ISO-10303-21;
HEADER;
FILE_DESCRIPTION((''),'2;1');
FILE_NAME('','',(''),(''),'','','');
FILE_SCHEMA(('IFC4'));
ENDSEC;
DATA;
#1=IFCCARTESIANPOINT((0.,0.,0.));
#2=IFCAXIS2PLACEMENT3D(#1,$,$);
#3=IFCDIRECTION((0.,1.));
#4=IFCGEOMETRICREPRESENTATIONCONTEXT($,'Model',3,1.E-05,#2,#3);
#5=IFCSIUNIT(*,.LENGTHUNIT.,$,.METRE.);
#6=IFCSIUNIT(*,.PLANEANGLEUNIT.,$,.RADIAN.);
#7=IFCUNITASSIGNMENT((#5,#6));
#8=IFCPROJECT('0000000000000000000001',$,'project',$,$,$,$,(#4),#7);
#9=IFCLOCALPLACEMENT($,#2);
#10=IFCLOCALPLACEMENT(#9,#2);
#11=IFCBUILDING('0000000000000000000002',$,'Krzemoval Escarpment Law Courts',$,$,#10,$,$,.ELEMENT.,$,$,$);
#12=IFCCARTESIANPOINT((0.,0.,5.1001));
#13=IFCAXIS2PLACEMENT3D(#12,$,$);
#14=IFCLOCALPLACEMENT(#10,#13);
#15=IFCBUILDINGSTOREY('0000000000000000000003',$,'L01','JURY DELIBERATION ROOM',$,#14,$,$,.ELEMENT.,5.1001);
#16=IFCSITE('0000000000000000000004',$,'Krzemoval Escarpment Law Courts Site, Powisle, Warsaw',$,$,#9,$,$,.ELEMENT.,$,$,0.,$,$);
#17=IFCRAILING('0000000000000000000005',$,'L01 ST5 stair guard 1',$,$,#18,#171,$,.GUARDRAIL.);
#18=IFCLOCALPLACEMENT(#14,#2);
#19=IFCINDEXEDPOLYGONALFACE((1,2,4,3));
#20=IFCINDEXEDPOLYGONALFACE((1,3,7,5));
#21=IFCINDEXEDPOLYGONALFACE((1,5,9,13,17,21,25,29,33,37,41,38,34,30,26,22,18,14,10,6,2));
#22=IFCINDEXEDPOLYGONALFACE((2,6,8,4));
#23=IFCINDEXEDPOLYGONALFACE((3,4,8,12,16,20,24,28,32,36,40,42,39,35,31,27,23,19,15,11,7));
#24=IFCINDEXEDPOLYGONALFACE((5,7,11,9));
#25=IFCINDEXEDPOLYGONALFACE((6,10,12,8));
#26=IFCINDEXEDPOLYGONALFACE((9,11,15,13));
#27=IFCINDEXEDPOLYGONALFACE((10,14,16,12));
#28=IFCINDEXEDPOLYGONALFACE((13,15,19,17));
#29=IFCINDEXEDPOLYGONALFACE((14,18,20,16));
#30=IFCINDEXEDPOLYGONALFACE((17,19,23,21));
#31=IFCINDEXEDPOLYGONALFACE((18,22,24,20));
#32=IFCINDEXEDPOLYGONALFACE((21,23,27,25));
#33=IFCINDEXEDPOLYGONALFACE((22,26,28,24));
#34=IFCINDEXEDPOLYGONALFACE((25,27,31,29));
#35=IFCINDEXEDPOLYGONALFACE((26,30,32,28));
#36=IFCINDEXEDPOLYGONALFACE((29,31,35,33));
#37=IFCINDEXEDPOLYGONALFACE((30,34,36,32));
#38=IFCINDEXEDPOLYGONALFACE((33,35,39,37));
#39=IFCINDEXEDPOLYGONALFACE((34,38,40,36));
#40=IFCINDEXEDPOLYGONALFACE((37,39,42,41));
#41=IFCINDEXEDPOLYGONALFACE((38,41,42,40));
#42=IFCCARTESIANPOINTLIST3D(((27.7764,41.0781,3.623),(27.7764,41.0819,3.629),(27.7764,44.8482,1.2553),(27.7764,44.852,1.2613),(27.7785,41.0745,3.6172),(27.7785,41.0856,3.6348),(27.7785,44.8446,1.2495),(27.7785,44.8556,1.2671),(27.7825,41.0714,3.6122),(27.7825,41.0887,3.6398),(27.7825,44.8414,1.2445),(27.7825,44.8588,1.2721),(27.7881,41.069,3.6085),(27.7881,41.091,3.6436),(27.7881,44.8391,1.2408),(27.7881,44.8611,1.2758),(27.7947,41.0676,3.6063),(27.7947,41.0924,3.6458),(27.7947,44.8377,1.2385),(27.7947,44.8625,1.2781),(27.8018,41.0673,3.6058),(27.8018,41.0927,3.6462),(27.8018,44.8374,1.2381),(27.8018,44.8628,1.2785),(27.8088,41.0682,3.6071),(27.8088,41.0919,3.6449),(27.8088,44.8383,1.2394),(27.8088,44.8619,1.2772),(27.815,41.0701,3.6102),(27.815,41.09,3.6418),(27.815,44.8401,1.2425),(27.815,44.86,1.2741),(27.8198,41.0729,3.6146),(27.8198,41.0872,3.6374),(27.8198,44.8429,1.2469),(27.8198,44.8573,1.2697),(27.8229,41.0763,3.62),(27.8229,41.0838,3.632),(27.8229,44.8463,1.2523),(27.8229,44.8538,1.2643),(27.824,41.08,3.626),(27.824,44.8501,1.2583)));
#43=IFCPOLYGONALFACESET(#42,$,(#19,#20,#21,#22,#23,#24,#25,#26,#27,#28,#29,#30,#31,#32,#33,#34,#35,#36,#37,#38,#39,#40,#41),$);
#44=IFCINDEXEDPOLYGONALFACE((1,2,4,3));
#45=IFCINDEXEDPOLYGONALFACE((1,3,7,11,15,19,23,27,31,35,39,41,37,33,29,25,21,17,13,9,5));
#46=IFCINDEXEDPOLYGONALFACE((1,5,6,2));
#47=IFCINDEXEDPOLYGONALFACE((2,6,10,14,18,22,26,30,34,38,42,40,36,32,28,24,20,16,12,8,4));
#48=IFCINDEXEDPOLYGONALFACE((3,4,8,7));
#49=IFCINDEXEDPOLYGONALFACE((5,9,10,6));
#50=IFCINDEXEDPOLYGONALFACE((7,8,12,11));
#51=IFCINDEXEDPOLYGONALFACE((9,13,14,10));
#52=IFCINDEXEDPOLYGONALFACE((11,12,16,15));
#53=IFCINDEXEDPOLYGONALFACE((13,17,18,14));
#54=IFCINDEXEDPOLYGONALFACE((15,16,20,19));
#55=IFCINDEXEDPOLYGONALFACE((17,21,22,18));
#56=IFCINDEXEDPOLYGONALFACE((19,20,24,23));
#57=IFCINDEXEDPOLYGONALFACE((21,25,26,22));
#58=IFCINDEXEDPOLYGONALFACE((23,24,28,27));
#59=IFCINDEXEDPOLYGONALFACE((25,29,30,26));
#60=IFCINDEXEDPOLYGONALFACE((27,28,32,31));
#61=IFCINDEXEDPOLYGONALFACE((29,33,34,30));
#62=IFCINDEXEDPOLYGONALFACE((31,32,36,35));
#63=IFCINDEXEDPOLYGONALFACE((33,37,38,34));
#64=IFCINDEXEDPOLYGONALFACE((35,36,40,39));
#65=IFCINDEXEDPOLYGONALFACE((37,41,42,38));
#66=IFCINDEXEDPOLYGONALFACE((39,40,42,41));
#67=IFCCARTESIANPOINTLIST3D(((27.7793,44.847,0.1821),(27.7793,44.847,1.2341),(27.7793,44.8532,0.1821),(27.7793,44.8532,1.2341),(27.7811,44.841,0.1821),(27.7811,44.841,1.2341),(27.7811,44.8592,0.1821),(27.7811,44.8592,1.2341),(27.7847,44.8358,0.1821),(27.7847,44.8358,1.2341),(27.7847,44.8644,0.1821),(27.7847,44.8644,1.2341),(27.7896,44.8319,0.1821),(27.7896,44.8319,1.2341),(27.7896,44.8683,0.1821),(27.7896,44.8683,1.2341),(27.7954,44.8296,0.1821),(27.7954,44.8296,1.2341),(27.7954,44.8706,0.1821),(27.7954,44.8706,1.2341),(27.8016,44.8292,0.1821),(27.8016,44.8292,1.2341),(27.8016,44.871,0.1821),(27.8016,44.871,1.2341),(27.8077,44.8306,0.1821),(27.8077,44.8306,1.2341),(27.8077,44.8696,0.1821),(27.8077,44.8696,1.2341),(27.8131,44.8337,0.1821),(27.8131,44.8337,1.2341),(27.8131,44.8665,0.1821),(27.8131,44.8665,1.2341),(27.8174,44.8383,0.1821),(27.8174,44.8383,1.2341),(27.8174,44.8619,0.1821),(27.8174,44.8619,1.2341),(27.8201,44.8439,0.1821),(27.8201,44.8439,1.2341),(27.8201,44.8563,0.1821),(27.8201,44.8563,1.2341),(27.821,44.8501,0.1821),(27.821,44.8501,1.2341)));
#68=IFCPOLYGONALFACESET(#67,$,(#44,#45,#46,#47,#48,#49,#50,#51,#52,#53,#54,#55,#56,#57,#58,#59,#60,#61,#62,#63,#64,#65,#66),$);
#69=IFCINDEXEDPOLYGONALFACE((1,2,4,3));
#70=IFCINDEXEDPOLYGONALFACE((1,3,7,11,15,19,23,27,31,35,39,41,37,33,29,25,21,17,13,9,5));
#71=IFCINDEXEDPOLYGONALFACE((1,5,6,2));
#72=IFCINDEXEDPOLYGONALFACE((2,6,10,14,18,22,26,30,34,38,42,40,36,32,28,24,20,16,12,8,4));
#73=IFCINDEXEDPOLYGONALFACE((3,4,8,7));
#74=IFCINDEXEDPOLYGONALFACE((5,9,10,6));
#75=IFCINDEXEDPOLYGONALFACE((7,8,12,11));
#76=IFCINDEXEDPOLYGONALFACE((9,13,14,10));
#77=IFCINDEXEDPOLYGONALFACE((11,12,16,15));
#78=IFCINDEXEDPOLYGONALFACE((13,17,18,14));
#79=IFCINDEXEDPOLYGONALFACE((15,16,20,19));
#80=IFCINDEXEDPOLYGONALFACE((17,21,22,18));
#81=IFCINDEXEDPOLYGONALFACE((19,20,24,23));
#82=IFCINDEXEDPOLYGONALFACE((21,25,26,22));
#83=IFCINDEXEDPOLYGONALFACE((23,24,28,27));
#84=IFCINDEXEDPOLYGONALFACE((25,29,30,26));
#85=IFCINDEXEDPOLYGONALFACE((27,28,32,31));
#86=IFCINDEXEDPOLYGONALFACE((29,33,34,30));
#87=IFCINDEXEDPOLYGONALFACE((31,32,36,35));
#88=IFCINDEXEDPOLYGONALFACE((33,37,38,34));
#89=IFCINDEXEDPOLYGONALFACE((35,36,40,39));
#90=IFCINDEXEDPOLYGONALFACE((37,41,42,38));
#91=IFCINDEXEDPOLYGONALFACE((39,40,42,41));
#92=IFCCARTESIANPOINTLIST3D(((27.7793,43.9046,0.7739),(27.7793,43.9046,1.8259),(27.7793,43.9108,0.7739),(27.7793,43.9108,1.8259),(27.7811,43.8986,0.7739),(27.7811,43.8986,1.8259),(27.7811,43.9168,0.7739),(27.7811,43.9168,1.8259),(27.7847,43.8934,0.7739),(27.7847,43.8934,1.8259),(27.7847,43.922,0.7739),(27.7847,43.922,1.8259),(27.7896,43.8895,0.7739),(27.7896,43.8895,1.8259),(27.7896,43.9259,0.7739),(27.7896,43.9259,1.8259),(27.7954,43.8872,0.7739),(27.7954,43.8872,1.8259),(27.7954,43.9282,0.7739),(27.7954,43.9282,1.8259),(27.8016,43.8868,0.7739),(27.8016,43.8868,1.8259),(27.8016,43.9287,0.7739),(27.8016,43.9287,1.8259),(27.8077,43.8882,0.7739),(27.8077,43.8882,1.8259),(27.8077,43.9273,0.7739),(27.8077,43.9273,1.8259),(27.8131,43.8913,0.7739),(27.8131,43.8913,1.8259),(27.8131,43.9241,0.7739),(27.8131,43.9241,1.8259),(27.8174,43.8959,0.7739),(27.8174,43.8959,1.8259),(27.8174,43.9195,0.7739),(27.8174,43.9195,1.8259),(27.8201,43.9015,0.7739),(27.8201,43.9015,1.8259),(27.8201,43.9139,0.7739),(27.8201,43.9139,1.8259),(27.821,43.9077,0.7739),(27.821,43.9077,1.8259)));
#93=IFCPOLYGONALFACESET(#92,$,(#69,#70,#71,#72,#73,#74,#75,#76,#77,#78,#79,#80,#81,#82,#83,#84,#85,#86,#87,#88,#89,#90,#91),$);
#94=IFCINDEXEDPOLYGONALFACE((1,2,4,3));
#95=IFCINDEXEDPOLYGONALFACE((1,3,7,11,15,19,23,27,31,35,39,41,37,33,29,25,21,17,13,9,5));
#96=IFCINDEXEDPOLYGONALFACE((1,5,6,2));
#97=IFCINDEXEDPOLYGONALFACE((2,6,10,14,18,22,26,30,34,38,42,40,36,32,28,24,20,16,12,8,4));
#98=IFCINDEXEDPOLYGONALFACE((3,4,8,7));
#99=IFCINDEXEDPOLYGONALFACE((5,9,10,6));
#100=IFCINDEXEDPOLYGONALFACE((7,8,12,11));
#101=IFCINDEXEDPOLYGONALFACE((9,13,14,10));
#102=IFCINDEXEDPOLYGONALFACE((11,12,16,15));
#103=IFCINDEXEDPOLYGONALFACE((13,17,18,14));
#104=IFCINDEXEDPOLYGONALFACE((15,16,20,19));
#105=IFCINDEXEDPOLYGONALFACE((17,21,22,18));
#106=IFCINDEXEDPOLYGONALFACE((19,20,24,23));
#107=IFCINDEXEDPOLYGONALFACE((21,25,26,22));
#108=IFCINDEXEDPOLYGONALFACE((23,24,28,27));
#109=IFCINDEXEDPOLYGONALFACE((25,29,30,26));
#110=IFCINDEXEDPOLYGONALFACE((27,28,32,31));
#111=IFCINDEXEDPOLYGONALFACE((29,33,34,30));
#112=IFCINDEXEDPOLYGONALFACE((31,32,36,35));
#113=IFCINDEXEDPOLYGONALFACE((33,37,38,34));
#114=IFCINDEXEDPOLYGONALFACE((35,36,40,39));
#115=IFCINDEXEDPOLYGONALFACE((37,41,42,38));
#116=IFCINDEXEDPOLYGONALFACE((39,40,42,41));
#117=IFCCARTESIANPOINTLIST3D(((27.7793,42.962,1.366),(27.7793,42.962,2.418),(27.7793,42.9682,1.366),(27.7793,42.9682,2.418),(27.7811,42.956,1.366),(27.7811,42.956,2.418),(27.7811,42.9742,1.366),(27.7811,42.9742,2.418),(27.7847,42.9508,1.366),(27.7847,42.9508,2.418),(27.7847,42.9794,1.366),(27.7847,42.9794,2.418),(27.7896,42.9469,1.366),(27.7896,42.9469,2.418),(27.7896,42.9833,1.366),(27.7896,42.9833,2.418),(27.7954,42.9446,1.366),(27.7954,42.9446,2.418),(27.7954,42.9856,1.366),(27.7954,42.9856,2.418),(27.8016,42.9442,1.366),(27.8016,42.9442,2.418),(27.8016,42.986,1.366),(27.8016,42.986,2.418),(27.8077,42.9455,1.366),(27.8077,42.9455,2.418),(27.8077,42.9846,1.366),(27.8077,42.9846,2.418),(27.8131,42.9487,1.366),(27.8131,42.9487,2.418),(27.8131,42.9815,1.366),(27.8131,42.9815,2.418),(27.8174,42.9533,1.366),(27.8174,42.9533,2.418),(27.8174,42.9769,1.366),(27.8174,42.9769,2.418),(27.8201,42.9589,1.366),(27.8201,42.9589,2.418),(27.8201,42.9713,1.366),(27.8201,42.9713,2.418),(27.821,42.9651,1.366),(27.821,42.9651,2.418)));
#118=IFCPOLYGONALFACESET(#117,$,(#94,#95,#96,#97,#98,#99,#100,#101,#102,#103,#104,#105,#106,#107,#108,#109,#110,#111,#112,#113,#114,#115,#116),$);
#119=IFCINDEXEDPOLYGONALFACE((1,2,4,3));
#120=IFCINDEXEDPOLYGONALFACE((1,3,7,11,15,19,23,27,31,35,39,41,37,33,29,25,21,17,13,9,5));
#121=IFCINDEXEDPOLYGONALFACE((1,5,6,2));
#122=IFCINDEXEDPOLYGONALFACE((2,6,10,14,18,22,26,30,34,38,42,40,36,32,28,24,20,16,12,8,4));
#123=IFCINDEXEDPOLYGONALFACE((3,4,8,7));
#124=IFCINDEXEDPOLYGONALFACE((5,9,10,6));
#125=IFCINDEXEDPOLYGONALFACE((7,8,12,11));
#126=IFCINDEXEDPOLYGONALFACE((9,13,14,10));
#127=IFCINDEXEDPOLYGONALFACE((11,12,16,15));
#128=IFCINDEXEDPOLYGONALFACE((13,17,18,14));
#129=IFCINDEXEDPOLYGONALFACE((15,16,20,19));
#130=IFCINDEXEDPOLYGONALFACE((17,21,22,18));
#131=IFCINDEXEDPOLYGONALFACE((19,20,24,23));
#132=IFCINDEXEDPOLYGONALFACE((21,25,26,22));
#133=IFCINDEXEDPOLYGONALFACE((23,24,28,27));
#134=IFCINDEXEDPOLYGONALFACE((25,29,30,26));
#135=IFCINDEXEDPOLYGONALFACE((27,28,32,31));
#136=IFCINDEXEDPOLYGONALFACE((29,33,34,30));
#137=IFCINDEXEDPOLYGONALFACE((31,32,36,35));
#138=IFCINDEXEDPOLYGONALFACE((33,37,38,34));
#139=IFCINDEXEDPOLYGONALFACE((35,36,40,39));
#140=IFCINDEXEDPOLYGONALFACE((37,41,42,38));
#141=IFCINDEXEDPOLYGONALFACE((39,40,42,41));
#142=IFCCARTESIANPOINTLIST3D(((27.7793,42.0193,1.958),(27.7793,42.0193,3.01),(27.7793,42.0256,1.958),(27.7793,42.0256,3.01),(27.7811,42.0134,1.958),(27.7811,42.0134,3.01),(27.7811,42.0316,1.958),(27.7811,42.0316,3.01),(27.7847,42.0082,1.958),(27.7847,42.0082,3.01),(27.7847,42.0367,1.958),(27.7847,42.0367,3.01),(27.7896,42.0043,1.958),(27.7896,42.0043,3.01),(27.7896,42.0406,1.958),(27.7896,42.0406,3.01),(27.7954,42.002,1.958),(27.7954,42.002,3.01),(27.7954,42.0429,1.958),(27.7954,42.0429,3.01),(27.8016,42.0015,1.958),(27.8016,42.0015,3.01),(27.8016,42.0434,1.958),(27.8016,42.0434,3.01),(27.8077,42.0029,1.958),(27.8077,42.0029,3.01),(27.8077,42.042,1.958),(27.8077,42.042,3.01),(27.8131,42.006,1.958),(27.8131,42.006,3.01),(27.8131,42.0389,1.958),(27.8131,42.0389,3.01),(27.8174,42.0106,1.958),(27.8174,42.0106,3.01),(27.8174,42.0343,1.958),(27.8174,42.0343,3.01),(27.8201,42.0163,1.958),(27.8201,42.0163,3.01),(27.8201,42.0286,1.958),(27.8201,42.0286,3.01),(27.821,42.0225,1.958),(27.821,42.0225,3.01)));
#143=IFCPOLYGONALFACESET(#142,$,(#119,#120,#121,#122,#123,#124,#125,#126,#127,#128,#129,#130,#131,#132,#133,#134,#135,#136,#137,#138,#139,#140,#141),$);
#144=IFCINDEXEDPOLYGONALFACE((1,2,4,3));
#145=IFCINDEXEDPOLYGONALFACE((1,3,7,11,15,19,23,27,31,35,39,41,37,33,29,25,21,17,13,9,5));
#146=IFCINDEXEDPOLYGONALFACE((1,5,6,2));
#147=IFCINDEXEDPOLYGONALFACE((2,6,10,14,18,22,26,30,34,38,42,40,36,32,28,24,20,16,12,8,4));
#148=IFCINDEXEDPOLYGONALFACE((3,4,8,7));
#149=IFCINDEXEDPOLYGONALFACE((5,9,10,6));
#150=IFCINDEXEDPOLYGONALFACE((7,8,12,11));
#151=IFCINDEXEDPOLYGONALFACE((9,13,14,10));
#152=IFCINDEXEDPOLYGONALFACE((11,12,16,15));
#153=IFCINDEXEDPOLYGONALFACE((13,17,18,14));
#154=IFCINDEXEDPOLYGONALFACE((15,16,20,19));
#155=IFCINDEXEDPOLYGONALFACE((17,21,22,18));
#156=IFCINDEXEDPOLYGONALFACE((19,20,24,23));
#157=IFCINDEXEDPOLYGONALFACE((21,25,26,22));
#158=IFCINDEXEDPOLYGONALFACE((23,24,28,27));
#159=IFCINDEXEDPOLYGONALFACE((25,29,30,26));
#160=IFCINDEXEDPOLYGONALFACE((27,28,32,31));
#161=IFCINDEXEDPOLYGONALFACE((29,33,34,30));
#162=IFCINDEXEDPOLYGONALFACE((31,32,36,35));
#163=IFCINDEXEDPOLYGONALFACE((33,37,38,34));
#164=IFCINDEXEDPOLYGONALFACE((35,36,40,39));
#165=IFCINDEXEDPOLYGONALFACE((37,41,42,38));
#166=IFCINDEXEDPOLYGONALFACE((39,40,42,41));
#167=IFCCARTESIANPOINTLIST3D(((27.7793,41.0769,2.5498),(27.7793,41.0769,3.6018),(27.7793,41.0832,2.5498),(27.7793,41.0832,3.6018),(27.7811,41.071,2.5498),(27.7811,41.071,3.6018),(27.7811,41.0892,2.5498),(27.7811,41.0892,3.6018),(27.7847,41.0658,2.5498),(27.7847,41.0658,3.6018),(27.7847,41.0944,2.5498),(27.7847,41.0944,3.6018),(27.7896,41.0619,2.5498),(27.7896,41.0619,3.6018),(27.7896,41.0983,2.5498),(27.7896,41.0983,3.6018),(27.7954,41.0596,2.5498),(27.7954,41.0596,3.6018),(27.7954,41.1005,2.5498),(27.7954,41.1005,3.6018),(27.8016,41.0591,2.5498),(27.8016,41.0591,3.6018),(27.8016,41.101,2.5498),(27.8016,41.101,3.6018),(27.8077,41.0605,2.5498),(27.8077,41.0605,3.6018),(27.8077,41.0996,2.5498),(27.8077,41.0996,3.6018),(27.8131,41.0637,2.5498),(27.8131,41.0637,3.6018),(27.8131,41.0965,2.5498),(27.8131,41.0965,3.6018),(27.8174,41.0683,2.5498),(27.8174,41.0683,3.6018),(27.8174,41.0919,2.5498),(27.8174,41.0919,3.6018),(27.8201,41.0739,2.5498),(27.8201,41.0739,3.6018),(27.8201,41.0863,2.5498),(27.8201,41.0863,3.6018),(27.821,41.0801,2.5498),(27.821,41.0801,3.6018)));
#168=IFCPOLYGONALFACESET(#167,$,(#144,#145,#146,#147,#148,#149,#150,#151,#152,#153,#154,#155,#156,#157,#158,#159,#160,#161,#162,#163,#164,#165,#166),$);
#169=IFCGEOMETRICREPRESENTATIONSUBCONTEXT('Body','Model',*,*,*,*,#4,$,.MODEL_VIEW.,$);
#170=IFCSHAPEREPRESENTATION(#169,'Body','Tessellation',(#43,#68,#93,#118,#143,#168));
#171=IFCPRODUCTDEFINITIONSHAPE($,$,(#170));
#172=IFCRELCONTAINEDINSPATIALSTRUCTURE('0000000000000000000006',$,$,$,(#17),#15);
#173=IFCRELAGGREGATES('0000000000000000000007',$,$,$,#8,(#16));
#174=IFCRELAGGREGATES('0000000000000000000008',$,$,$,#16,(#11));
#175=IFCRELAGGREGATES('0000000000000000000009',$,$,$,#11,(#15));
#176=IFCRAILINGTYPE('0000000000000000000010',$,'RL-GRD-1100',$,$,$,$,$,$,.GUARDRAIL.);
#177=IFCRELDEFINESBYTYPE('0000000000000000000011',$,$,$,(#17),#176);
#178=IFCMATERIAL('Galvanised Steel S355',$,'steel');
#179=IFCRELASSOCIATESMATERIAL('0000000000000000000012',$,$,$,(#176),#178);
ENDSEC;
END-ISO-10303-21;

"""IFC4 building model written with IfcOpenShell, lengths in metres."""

from ifc_helpers import new_model, si_unit, direction, frame, origin, origin_2d, place, context, subcontext, project, spatial, circle, extrude, material, type_object, element, save


model = new_model("IFC4")

# Units and contexts
model_context = context("Model", 3, precision=1e-05, world=origin(), true_north=direction((0.0, 1.0)))
body_context = subcontext(model_context, "Body", "Model", "MODEL_VIEW")
ifc_project = project(units=[si_unit("LENGTHUNIT", "METRE"), si_unit("PLANEANGLEUNIT", "RADIAN")], contexts=[model_context])

# Site, building, storey
site_placement = place(None, origin())
site = spatial("IfcSite", under=ifc_project, at=site_placement, Name="Krzemoval Escarpment Law Courts Site, Powisle, Warsaw", CompositionType="ELEMENT", RefElevation=0.0)
building_placement = place(site_placement, origin())
building = spatial("IfcBuilding", under=site, at=building_placement, Name="Krzemoval Escarpment Law Courts", CompositionType="ELEMENT")
storey_placement = place(building_placement, frame((0.0, 0.0, 5.1001)))
storey = spatial("IfcBuildingStorey", under=building, at=storey_placement, Name="L01", Description="JURY DELIBERATION ROOM", CompositionType="ELEMENT", Elevation=5.1001)

# Railing
ifc_material_1 = material(Name="Galvanised Steel S355", Category="steel")
railing_type_1 = type_object("IfcRailingType", Name="RL-GRD-1100", PredefinedType="GUARDRAIL", material=ifc_material_1)
railing_1_placement = place(storey_placement, frame((27.8, 44.8501, 0.1821)))
element("IfcRailing", 1, at=railing_1_placement, inside=storey, type_object=railing_type_1, Name="L01 ST5 stair guard 1", PredefinedType="GUARDRAIL", context=body_context, shape_type="SweptSolid", body=[
    extrude(circle(Radius=0.0239, at=origin_2d()), frame((0.0, 0.0, 1.0762), z_axis=(0.0, -0.846844, 0.531841), x_axis=(1.0, 0.0, 0.0)), (0.0, 0.0, 1.0), 4.4519),
    extrude(circle(Radius=0.021, at=origin_2d()), origin(), (0.0, 0.0, 1.0), 1.052),
    extrude(circle(Radius=0.021, at=origin_2d()), frame((0.0, -0.9424, 0.5918)), (0.0, 0.0, 1.0), 1.052),
    extrude(circle(Radius=0.021, at=origin_2d()), frame((0.0, -1.885, 1.1838)), (0.0, 0.0, 1.0), 1.052),
    extrude(circle(Radius=0.021, at=origin_2d()), frame((0.0, -2.8276, 1.7759)), (0.0, 0.0, 1.0), 1.052),
    extrude(circle(Radius=0.021, at=origin_2d()), frame((0.0, -3.77, 2.3677)), (0.0, 0.0, 1.0), 1.052),
])

save(model, "model.ifc")
